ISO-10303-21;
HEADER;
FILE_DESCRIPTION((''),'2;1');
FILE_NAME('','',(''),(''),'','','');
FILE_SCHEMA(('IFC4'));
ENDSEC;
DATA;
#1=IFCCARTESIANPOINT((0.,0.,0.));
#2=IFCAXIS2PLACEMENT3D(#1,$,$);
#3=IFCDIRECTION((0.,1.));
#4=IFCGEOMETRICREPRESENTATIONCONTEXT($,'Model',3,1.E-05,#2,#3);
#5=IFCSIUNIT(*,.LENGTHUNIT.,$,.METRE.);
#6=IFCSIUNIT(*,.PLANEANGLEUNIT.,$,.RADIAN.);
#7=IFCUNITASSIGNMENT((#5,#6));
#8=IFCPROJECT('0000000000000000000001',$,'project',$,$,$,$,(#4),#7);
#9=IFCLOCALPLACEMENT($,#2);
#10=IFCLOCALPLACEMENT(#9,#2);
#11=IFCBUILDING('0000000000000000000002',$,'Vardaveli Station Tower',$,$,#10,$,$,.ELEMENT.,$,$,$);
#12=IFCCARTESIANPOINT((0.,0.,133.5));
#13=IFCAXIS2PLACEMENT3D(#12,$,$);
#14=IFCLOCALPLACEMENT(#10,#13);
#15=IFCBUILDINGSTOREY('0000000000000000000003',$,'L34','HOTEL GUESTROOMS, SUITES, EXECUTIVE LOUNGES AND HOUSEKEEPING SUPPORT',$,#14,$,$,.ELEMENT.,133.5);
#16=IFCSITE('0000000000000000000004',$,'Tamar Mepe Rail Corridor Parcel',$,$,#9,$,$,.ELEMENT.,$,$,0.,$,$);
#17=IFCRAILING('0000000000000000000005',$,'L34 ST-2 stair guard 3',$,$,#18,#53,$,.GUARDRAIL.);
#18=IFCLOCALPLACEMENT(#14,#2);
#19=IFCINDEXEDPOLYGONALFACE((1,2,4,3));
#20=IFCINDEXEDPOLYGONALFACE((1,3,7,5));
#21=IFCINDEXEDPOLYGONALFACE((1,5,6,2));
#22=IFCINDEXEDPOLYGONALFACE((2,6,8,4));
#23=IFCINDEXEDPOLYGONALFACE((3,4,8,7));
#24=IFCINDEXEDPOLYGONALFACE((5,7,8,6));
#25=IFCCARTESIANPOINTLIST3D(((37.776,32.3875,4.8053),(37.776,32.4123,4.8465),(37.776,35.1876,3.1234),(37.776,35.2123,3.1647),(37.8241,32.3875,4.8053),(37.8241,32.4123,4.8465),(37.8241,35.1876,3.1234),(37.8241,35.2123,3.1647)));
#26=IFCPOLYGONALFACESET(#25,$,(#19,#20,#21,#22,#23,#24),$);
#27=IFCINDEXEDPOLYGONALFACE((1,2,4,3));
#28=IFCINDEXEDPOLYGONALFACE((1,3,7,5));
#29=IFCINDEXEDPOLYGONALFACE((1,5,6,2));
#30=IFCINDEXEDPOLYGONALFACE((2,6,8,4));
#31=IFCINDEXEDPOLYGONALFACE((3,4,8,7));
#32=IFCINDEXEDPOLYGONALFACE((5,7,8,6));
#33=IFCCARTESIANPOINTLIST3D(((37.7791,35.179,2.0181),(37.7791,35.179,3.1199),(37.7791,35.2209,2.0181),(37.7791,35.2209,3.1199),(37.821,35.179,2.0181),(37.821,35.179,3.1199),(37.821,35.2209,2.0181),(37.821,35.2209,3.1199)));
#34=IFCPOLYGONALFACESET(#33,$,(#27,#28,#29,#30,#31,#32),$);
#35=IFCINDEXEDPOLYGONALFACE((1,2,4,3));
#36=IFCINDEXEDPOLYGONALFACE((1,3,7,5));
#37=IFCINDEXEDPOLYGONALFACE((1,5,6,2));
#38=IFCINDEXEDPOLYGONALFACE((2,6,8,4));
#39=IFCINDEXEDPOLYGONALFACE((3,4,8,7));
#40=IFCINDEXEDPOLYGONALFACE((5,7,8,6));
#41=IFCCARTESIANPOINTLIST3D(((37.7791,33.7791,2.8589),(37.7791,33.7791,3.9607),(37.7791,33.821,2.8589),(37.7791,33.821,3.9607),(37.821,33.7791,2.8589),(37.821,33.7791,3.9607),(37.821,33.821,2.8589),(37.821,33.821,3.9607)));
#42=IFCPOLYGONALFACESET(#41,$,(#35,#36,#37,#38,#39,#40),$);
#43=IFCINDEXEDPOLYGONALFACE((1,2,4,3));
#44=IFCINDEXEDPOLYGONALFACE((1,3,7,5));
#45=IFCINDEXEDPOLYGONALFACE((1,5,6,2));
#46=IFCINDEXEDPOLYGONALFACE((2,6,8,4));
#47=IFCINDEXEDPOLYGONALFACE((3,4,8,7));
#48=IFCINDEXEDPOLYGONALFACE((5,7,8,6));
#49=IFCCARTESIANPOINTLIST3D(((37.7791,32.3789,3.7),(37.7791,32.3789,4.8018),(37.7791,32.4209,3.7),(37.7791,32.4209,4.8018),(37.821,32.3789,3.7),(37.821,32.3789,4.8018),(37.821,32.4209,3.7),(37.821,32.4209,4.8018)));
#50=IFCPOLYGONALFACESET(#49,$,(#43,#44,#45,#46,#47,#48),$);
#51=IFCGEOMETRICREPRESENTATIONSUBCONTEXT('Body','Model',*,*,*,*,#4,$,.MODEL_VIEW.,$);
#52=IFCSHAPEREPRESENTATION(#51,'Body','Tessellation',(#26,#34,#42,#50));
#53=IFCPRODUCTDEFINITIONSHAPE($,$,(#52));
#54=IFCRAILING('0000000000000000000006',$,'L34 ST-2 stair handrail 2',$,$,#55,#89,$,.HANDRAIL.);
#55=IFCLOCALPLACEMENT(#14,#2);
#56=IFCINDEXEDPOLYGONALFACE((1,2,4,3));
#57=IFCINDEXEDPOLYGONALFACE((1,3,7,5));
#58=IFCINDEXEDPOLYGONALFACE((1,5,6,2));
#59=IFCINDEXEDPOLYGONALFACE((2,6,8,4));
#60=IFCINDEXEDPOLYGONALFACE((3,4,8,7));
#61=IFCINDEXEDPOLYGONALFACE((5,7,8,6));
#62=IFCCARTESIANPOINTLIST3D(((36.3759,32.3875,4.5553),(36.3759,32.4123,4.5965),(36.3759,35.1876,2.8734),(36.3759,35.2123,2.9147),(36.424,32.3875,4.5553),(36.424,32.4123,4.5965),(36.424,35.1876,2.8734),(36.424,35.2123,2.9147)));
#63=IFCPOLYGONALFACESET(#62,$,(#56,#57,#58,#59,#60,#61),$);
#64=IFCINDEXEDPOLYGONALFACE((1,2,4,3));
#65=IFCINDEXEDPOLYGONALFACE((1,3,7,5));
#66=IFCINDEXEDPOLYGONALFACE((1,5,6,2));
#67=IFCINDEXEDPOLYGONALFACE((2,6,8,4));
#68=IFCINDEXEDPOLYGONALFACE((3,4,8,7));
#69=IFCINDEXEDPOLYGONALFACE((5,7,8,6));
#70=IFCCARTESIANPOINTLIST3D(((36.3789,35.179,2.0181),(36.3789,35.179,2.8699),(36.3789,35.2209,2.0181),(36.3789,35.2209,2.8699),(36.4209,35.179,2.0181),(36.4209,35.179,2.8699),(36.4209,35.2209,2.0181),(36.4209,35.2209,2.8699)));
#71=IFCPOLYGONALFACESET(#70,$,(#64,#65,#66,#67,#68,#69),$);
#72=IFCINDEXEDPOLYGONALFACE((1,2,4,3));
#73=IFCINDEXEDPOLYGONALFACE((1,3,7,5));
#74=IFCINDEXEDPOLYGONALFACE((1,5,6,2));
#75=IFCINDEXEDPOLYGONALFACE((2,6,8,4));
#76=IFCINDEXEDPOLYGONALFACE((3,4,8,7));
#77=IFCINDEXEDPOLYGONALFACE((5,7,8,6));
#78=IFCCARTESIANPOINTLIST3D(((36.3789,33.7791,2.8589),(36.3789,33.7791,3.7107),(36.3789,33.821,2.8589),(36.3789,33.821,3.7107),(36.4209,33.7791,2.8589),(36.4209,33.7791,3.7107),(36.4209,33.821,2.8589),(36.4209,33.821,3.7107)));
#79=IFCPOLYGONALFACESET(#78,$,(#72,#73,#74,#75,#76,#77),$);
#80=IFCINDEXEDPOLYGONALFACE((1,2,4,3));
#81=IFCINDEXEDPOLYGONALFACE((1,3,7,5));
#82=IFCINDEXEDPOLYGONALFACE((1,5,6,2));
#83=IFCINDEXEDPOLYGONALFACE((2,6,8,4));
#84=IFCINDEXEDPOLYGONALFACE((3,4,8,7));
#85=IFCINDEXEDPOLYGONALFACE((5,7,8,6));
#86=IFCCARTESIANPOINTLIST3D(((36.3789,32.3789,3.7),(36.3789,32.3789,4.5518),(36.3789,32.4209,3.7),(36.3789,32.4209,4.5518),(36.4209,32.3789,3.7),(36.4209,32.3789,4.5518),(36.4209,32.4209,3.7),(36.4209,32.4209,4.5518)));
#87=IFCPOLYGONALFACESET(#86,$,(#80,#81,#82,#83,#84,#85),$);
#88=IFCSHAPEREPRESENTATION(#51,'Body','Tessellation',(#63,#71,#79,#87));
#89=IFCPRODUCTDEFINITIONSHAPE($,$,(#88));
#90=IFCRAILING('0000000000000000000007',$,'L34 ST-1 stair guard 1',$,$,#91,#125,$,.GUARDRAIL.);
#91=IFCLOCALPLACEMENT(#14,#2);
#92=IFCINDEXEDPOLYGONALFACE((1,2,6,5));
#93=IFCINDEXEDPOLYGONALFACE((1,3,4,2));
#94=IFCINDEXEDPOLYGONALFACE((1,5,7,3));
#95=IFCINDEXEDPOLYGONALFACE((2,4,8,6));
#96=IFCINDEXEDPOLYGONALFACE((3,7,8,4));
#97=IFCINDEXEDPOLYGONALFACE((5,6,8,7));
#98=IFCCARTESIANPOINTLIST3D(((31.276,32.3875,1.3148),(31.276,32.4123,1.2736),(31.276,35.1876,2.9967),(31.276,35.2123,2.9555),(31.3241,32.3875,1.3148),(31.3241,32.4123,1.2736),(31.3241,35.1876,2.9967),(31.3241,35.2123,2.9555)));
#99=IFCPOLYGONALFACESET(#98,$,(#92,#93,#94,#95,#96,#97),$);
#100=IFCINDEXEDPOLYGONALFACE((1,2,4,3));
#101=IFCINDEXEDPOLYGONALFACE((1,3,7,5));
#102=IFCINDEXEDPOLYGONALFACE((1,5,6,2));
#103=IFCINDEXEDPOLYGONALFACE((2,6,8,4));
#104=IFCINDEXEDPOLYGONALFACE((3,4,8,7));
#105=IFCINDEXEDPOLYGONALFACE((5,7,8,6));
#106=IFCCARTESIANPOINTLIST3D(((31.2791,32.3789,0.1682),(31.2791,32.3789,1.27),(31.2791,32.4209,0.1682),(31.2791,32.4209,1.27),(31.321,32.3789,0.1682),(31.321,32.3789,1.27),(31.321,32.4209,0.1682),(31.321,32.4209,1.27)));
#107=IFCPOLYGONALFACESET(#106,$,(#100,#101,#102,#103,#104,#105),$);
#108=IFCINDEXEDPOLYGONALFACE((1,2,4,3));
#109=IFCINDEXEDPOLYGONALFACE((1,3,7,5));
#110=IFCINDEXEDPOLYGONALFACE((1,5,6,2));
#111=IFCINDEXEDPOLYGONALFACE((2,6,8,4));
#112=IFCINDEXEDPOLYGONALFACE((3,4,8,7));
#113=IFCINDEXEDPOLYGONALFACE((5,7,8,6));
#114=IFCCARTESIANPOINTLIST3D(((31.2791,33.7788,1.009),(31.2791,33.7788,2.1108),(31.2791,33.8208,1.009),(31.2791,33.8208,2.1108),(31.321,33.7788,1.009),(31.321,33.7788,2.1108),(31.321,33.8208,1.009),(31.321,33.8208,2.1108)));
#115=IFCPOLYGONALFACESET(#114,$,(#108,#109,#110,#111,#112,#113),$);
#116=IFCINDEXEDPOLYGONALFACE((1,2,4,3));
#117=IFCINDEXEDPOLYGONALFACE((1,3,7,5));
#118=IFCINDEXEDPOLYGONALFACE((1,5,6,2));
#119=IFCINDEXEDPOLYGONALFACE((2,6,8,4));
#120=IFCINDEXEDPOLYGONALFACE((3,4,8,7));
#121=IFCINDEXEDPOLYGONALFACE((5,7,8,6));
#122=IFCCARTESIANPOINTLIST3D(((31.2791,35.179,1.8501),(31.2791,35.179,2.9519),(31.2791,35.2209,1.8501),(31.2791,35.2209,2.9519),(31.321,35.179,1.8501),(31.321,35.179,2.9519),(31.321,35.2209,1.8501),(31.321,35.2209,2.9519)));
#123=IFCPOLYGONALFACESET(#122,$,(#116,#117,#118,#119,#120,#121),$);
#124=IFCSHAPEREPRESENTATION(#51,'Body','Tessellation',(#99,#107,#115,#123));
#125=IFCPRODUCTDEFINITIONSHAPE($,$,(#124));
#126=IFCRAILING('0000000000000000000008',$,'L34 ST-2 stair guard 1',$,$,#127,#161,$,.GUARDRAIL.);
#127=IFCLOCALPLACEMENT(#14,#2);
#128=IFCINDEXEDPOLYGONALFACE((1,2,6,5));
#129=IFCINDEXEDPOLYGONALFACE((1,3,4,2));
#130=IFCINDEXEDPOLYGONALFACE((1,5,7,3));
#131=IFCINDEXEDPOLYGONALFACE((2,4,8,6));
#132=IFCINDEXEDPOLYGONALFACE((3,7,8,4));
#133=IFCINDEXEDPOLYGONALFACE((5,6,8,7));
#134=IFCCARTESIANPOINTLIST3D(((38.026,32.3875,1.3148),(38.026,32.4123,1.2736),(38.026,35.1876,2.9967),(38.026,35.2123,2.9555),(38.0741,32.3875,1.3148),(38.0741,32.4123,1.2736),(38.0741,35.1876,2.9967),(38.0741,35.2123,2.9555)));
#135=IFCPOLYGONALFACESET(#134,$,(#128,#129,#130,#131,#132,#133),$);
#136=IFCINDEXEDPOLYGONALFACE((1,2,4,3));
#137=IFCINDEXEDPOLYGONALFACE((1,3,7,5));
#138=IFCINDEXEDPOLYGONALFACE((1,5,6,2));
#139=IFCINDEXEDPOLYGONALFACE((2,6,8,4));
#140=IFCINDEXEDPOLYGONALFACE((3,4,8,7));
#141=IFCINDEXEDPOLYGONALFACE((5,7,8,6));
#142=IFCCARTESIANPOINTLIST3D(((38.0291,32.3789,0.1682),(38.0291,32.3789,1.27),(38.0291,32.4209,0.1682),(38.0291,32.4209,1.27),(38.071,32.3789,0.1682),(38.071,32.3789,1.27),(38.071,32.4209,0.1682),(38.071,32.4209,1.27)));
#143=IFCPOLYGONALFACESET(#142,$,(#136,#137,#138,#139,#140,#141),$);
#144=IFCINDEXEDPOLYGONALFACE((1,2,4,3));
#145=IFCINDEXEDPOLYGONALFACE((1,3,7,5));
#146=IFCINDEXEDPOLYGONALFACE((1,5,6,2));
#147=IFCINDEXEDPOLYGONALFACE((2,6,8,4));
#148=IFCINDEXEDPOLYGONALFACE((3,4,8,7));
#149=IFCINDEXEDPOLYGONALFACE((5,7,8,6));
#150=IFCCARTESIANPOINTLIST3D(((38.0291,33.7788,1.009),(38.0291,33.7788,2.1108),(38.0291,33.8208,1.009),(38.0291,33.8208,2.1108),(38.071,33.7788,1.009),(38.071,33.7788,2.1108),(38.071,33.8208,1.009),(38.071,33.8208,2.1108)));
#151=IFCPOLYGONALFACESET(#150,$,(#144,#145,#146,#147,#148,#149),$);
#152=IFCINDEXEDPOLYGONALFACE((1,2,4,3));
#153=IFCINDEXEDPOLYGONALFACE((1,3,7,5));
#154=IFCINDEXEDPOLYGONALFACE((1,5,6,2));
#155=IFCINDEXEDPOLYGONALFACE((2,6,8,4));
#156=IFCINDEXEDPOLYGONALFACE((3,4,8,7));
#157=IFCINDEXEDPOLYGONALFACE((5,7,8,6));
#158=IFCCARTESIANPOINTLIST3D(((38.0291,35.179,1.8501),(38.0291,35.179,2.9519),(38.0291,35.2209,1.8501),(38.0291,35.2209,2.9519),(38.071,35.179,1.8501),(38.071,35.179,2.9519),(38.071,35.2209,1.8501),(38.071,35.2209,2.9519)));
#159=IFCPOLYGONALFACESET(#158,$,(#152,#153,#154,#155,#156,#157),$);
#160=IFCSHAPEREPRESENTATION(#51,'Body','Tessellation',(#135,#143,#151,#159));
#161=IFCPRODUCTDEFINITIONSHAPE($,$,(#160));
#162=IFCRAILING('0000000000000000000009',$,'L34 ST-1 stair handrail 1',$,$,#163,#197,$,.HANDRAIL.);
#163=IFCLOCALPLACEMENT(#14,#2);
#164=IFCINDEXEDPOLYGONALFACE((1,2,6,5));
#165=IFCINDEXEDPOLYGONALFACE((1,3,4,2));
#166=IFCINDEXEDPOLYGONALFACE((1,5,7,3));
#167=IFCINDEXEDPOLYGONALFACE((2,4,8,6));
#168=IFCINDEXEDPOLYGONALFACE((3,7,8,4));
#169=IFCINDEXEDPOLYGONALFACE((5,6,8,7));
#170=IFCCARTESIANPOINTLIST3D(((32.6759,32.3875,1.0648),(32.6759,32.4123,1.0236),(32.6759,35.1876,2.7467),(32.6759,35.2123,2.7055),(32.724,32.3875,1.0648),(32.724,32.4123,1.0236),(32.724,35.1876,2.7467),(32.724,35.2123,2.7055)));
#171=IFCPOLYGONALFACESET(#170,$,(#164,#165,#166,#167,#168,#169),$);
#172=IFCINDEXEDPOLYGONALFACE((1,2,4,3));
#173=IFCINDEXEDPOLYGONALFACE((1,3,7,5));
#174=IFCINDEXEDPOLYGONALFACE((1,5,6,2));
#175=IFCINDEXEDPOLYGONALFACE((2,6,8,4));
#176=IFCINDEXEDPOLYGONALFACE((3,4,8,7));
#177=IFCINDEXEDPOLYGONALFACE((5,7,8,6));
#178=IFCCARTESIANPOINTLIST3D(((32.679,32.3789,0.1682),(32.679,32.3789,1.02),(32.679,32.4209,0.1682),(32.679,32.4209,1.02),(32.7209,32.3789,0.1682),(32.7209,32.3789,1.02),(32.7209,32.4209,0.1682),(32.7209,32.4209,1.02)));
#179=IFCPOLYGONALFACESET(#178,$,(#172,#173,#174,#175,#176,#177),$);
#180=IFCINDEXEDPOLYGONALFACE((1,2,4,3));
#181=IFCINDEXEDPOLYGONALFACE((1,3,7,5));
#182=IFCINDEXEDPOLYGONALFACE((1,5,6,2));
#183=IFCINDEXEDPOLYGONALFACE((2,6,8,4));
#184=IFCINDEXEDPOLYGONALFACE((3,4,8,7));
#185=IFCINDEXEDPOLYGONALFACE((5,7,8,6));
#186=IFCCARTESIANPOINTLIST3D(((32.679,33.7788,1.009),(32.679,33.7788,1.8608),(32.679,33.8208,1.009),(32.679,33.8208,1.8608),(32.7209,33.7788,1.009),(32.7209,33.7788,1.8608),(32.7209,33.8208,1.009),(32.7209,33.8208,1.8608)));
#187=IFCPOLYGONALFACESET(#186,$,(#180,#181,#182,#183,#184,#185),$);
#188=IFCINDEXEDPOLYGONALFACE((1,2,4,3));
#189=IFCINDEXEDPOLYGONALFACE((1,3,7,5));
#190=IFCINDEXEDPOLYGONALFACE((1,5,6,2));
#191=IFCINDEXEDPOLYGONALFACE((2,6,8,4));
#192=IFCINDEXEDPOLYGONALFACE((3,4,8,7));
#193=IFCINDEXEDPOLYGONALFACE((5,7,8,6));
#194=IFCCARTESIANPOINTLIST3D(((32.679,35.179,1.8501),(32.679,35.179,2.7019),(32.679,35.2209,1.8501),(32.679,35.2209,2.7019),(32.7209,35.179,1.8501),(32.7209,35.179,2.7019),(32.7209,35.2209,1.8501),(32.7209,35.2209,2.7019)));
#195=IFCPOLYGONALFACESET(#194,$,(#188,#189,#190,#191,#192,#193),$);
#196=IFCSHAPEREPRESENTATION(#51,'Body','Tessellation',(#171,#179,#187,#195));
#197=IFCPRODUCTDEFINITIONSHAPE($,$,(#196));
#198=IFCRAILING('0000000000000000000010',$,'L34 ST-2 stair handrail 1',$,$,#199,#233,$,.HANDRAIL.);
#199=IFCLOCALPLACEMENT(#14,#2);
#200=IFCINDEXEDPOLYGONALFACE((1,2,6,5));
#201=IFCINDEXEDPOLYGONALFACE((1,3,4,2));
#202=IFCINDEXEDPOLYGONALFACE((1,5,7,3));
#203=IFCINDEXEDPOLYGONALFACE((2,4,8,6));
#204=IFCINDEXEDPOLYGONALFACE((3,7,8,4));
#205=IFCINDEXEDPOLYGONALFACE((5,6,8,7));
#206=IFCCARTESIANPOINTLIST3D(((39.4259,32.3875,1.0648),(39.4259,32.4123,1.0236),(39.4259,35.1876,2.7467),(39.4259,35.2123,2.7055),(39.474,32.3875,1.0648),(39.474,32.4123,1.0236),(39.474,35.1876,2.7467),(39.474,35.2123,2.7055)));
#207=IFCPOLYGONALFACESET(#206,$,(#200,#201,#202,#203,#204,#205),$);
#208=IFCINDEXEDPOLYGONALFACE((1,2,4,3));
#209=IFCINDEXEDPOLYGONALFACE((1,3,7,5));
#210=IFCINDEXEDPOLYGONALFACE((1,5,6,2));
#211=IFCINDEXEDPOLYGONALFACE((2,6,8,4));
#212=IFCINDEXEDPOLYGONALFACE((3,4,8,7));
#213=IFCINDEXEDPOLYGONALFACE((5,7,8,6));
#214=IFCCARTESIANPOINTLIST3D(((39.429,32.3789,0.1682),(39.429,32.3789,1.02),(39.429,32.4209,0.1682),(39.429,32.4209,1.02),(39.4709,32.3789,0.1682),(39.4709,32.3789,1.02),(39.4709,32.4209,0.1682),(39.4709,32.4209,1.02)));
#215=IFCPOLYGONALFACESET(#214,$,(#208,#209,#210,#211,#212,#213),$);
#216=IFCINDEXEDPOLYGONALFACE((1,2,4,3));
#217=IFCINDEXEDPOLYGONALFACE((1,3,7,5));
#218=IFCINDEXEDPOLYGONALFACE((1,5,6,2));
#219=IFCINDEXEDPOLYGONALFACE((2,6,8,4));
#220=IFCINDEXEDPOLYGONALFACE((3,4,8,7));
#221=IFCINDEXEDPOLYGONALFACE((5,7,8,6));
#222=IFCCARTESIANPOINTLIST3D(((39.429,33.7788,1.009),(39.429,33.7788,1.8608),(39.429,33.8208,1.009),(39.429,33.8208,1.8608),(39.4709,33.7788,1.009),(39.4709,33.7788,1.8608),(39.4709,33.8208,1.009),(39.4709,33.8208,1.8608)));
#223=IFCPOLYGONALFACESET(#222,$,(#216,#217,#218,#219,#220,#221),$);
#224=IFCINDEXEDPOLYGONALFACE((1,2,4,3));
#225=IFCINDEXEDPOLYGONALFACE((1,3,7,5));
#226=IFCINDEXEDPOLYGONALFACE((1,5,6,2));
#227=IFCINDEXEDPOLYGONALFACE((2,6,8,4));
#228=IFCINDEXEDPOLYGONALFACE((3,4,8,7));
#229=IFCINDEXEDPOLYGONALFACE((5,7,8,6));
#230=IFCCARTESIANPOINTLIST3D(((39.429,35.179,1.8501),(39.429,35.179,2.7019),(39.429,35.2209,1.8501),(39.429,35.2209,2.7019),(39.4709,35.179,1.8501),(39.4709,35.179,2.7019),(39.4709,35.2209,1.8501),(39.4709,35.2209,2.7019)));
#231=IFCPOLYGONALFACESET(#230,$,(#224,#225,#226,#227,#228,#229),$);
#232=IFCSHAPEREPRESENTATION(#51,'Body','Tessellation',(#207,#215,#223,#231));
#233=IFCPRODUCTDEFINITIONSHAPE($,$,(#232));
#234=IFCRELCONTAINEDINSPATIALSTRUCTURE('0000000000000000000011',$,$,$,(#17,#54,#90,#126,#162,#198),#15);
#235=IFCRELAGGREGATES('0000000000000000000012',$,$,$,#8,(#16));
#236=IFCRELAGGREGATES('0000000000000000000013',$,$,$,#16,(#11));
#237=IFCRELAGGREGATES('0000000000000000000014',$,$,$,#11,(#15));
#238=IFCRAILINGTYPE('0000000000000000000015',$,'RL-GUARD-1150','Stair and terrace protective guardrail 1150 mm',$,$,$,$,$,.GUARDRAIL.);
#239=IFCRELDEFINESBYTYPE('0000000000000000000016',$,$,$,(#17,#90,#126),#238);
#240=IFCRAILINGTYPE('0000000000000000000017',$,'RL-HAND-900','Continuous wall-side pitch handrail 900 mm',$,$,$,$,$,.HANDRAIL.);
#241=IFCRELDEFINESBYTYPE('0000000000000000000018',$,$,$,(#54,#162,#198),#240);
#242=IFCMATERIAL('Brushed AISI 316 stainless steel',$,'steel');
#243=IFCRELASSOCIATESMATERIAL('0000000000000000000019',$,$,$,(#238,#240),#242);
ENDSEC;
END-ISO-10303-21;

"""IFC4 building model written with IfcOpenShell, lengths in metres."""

from ifc_helpers import new_model, si_unit, direction, frame, origin, origin_2d, place, context, subcontext, project, spatial, rectangle, extrude, source, transform, mapped, material, type_object, element, save


model = new_model("IFC4")

# Units and contexts
model_context = context("Model", 3, precision=1e-05, world=origin(), true_north=direction((0.0, 1.0)))
body_context = subcontext(model_context, "Body", "Model", "MODEL_VIEW")
ifc_project = project(units=[si_unit("LENGTHUNIT", "METRE"), si_unit("PLANEANGLEUNIT", "RADIAN")], contexts=[model_context])

# Site, building, storey
site_placement = place(None, origin())
site = spatial("IfcSite", under=ifc_project, at=site_placement, Name="Tamar Mepe Rail Corridor Parcel", CompositionType="ELEMENT", RefElevation=0.0)
building_placement = place(site_placement, origin())
building = spatial("IfcBuilding", under=site, at=building_placement, Name="Vardaveli Station Tower", CompositionType="ELEMENT")
storey_placement = place(building_placement, frame((0.0, 0.0, 133.5)))
storey = spatial("IfcBuildingStorey", under=building, at=storey_placement, Name="L34", Description="HOTEL GUESTROOMS, SUITES, EXECUTIVE LOUNGES AND HOUSEKEEPING SUPPORT", CompositionType="ELEMENT", Elevation=133.5)

# Railings
ifc_material_1 = material(Name="Brushed AISI 316 stainless steel", Category="steel")
railing_type_1 = type_object("IfcRailingType", Name="RL-GUARD-1150", Description="Stair and terrace protective guardrail 1150 mm", PredefinedType="GUARDRAIL", material=ifc_material_1)
shared_shape_1 = source(origin(), body_context, "Body", "SweptSolid", [
    extrude(rectangle(XDim=0.0481, YDim=0.0481, at=origin_2d()), frame((0.0, 0.0, 1.126), z_axis=(0.0, -0.857242, 0.514913), x_axis=(1.0, 0.0, 0.0)), (0.0, 0.0, 1.0), 3.2664),
    extrude(rectangle(XDim=0.042, YDim=0.042, at=origin_2d()), origin(), (0.0, 0.0, 1.0), 1.1018),
    extrude(rectangle(XDim=0.042, YDim=0.042, at=origin_2d()), frame((0.0, -1.3999, 0.8408)), (0.0, 0.0, 1.0), 1.1018),
    extrude(rectangle(XDim=0.042, YDim=0.042, at=origin_2d()), frame((0.0, -2.8, 1.6819)), (0.0, 0.0, 1.0), 1.1018),
])
railing_1_placement = place(storey_placement, frame((37.8, 35.2, 2.0181)))
element("IfcRailing", 1, at=railing_1_placement, inside=storey, type_object=railing_type_1, Name="L34 ST-2 stair guard 3", PredefinedType="GUARDRAIL", context=body_context, shape_type="MappedRepresentation", body=[
    mapped(shared_shape_1, transform((0.0, 0.0, 0.0), scale=1.0)),
])
railing_type_2 = type_object("IfcRailingType", Name="RL-HAND-900", Description="Continuous wall-side pitch handrail 900 mm", PredefinedType="HANDRAIL", material=ifc_material_1)
shared_shape_2 = source(origin(), body_context, "Body", "SweptSolid", [
    extrude(rectangle(XDim=0.0481, YDim=0.0481, at=origin_2d()), frame((0.0, 0.0, 0.876), z_axis=(0.0, -0.857242, 0.514913), x_axis=(1.0, 0.0, 0.0)), (0.0, 0.0, 1.0), 3.2664),
    extrude(rectangle(XDim=0.042, YDim=0.042, at=origin_2d()), origin(), (0.0, 0.0, 1.0), 0.8518),
    extrude(rectangle(XDim=0.042, YDim=0.042, at=origin_2d()), frame((0.0, -1.3999, 0.8408)), (0.0, 0.0, 1.0), 0.8518),
    extrude(rectangle(XDim=0.042, YDim=0.042, at=origin_2d()), frame((0.0, -2.8, 1.6819)), (0.0, 0.0, 1.0), 0.8518),
])
railing_2_placement = place(storey_placement, frame((36.3999, 35.2, 2.0181)))
element("IfcRailing", 2, at=railing_2_placement, inside=storey, type_object=railing_type_2, Name="L34 ST-2 stair handrail 2", PredefinedType="HANDRAIL", context=body_context, shape_type="MappedRepresentation", body=[
    mapped(shared_shape_2, transform((0.0, 0.0, 0.0), scale=1.0)),
])
shared_shape_3 = source(origin(), body_context, "Body", "SweptSolid", [
    extrude(rectangle(XDim=0.0481, YDim=0.0481, at=origin_2d()), frame((0.0, 0.0, 1.126), z_axis=(0.0, 0.857242, 0.514913), x_axis=(-1.0, 0.0, 0.0)), (0.0, 0.0, 1.0), 3.2664),
    extrude(rectangle(XDim=0.042, YDim=0.042, at=origin_2d()), origin(), (0.0, 0.0, 1.0), 1.1018),
    extrude(rectangle(XDim=0.042, YDim=0.042, at=origin_2d()), frame((0.0, 1.3999, 0.8408)), (0.0, 0.0, 1.0), 1.1018),
    extrude(rectangle(XDim=0.042, YDim=0.042, at=origin_2d()), frame((0.0, 2.8, 1.6819)), (0.0, 0.0, 1.0), 1.1018),
])
for number, where, name in (
    (3, (31.3, 32.3999, 0.1682), "L34 ST-1 stair guard 1"),
    (4, (38.05, 32.3999, 0.1682), "L34 ST-2 stair guard 1"),
):
    element("IfcRailing", number, at=place(storey_placement, frame(where)), inside=storey, type_object=railing_type_1, Name=name, PredefinedType="GUARDRAIL", context=body_context, shape_type="MappedRepresentation", body=[
        mapped(shared_shape_3, transform((0.0, 0.0, 0.0), scale=1.0)),
    ])
shared_shape_4 = source(origin(), body_context, "Body", "SweptSolid", [
    extrude(rectangle(XDim=0.0481, YDim=0.0481, at=origin_2d()), frame((0.0, 0.0, 0.876), z_axis=(0.0, 0.857242, 0.514913), x_axis=(-1.0, 0.0, 0.0)), (0.0, 0.0, 1.0), 3.2664),
    extrude(rectangle(XDim=0.042, YDim=0.042, at=origin_2d()), origin(), (0.0, 0.0, 1.0), 0.8518),
    extrude(rectangle(XDim=0.042, YDim=0.042, at=origin_2d()), frame((0.0, 1.3999, 0.8408)), (0.0, 0.0, 1.0), 0.8518),
    extrude(rectangle(XDim=0.042, YDim=0.042, at=origin_2d()), frame((0.0, 2.8, 1.6819)), (0.0, 0.0, 1.0), 0.8518),
])
for number, where, name in (
    (5, (32.7, 32.3999, 0.1682), "L34 ST-1 stair handrail 1"),
    (6, (39.45, 32.3999, 0.1682), "L34 ST-2 stair handrail 1"),
):
    element("IfcRailing", number, at=place(storey_placement, frame(where)), inside=storey, type_object=railing_type_2, Name=name, PredefinedType="HANDRAIL", context=body_context, shape_type="MappedRepresentation", body=[
        mapped(shared_shape_4, transform((0.0, 0.0, 0.0), scale=1.0)),
    ])

save(model, "model.ifc")
